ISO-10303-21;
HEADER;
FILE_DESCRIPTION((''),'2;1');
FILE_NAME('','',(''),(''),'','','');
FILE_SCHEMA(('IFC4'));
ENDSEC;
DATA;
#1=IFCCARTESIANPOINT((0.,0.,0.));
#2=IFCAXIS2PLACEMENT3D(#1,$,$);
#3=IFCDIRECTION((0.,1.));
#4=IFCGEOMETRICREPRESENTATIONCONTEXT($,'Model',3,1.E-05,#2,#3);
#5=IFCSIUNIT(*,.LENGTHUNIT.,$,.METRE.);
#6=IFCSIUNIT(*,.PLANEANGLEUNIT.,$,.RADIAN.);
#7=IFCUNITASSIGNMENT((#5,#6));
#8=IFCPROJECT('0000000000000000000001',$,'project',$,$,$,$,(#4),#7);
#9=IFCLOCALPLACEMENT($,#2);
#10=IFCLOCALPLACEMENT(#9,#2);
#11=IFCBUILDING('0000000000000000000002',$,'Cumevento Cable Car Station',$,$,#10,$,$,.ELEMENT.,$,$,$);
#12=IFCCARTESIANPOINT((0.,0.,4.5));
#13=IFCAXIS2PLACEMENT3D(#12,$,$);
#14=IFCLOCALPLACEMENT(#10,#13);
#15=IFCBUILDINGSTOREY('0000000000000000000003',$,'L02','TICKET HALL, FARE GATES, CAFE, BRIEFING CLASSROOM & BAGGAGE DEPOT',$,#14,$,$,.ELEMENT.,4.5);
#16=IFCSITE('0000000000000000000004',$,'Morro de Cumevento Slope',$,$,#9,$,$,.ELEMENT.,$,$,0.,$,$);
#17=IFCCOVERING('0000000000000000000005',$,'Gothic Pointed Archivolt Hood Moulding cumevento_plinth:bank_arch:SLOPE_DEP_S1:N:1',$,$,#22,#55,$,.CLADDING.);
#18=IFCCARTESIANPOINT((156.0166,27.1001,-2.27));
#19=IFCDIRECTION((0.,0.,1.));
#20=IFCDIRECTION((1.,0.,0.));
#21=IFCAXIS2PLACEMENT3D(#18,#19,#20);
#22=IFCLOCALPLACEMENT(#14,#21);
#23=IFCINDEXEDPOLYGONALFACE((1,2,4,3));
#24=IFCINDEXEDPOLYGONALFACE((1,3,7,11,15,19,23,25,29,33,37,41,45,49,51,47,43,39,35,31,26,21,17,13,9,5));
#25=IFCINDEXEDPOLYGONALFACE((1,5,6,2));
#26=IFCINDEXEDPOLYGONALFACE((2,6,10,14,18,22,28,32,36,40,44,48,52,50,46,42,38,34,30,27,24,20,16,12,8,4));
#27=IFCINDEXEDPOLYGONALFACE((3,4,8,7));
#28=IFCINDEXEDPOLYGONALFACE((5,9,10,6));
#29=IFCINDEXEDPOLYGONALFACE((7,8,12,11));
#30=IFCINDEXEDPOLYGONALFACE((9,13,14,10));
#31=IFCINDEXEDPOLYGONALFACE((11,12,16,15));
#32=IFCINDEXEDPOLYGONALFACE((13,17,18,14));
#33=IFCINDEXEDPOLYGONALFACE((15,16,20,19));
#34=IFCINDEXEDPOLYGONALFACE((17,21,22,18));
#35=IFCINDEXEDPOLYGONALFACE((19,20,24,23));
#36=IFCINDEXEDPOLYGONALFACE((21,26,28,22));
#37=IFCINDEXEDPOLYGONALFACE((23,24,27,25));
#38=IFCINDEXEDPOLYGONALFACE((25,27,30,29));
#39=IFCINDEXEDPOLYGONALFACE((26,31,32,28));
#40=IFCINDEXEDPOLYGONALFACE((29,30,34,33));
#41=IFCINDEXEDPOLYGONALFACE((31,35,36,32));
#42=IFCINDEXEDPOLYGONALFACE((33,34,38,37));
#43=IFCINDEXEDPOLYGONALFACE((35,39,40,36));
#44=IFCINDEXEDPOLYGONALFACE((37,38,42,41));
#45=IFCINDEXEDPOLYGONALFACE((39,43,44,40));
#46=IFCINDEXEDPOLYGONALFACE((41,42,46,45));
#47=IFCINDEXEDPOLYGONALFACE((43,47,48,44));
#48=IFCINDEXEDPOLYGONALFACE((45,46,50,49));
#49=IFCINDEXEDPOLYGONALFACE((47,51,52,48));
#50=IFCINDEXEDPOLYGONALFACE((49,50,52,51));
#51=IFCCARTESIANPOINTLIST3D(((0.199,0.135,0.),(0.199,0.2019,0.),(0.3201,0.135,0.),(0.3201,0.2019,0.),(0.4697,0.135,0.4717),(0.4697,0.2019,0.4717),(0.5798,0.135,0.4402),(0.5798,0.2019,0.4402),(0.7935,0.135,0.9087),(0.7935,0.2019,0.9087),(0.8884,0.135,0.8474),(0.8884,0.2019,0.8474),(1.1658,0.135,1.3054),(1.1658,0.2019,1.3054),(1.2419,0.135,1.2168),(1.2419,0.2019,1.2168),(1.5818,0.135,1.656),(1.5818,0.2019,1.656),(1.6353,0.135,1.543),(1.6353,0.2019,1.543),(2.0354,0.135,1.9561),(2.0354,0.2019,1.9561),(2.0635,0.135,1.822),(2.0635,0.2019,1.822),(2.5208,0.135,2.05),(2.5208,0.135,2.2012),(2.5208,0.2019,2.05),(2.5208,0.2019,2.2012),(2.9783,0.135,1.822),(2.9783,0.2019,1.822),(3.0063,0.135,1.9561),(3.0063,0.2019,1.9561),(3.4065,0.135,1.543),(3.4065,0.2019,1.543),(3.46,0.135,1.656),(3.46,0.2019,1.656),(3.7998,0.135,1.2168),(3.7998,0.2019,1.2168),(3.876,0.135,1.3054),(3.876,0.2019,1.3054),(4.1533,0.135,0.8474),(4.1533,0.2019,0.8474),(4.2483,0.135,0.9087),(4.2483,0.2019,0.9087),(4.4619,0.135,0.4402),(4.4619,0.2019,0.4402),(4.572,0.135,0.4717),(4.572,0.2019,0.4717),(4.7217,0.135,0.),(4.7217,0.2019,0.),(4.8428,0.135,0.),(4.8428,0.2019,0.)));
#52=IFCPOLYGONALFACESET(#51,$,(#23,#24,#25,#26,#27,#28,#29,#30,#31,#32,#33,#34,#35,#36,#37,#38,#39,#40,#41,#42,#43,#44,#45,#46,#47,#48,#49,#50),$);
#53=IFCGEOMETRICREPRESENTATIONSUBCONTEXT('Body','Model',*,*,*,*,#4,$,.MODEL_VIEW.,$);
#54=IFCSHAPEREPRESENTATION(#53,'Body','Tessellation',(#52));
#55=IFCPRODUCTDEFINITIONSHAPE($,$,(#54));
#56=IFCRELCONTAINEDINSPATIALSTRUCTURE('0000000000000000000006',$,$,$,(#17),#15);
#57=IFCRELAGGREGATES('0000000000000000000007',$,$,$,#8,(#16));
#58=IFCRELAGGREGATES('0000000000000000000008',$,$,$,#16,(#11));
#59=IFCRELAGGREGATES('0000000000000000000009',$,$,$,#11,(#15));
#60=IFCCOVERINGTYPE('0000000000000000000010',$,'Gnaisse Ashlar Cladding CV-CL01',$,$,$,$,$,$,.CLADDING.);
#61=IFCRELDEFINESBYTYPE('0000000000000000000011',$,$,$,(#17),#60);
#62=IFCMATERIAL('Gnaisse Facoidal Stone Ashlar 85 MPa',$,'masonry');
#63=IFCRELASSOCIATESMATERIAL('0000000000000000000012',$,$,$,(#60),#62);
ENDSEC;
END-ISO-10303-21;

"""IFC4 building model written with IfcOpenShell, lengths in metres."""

from ifc_helpers import new_model, si_unit, direction, frame, origin, place, context, subcontext, project, spatial, polyline, outline, extrude, material, type_object, element, save


model = new_model("IFC4")

# Units and contexts
model_context = context("Model", 3, precision=1e-05, world=origin(), true_north=direction((0.0, 1.0)))
body_context = subcontext(model_context, "Body", "Model", "MODEL_VIEW")
ifc_project = project(units=[si_unit("LENGTHUNIT", "METRE"), si_unit("PLANEANGLEUNIT", "RADIAN")], contexts=[model_context])

# Site, building, storey
site_placement = place(None, origin())
site = spatial("IfcSite", under=ifc_project, at=site_placement, Name="Morro de Cumevento Slope", CompositionType="ELEMENT", RefElevation=0.0)
building_placement = place(site_placement, origin())
building = spatial("IfcBuilding", under=site, at=building_placement, Name="Cumevento Cable Car Station", CompositionType="ELEMENT")
storey_placement = place(building_placement, frame((0.0, 0.0, 4.5)))
storey = spatial("IfcBuildingStorey", under=building, at=storey_placement, Name="L02", Description="TICKET HALL, FARE GATES, CAFE, BRIEFING CLASSROOM & BAGGAGE DEPOT", CompositionType="ELEMENT", Elevation=4.5)

# Covering
ifc_material_1 = material(Name="Gnaisse Facoidal Stone Ashlar 85 MPa", Category="masonry")
covering_type = type_object("IfcCoveringType", Name="Gnaisse Ashlar Cladding CV-CL01", PredefinedType="CLADDING", material=ifc_material_1)
covering_1_placement = place(storey_placement, frame((156.0166, 27.1001, -2.27), z_axis=(0.0, 0.0, 1.0), x_axis=(1.0, 0.0, 0.0)))
element("IfcCovering", 1, at=covering_1_placement, inside=storey, type_object=covering_type, Name="Gothic Pointed Archivolt Hood Moulding cumevento_plinth:bank_arch:SLOPE_DEP_S1:N:1", PredefinedType="CLADDING", context=body_context, shape_type="SweptSolid", body=[
    extrude(outline(polyline([(0.3201, 0.0), (0.5798, 0.4402), (0.8884, 0.8474), (1.2419, 1.2168), (1.6353, 1.543), (2.0635, 1.822), (2.5208, 2.05), (2.9783, 1.822), (3.4065, 1.543), (3.7998, 1.2168), (4.1533, 0.8474), (4.4619, 0.4402), (4.7217, 0.0), (4.8428, 0.0), (4.572, 0.4717), (4.2483, 0.9087), (3.876, 1.3054), (3.46, 1.656), (3.0063, 1.9561), (2.5208, 2.2012), (2.0354, 1.9561), (1.5818, 1.656), (1.1658, 1.3054), (0.7935, 0.9087), (0.4697, 0.4717), (0.199, 0.0), (0.3201, 0.0)])), frame((0.0, 0.2019, 0.0), z_axis=(0.0, -1.0, 0.0), x_axis=(1.0, 0.0, 0.0)), (0.0, 0.0, 1.0), 0.0669),
])

save(model, "model.ifc")
